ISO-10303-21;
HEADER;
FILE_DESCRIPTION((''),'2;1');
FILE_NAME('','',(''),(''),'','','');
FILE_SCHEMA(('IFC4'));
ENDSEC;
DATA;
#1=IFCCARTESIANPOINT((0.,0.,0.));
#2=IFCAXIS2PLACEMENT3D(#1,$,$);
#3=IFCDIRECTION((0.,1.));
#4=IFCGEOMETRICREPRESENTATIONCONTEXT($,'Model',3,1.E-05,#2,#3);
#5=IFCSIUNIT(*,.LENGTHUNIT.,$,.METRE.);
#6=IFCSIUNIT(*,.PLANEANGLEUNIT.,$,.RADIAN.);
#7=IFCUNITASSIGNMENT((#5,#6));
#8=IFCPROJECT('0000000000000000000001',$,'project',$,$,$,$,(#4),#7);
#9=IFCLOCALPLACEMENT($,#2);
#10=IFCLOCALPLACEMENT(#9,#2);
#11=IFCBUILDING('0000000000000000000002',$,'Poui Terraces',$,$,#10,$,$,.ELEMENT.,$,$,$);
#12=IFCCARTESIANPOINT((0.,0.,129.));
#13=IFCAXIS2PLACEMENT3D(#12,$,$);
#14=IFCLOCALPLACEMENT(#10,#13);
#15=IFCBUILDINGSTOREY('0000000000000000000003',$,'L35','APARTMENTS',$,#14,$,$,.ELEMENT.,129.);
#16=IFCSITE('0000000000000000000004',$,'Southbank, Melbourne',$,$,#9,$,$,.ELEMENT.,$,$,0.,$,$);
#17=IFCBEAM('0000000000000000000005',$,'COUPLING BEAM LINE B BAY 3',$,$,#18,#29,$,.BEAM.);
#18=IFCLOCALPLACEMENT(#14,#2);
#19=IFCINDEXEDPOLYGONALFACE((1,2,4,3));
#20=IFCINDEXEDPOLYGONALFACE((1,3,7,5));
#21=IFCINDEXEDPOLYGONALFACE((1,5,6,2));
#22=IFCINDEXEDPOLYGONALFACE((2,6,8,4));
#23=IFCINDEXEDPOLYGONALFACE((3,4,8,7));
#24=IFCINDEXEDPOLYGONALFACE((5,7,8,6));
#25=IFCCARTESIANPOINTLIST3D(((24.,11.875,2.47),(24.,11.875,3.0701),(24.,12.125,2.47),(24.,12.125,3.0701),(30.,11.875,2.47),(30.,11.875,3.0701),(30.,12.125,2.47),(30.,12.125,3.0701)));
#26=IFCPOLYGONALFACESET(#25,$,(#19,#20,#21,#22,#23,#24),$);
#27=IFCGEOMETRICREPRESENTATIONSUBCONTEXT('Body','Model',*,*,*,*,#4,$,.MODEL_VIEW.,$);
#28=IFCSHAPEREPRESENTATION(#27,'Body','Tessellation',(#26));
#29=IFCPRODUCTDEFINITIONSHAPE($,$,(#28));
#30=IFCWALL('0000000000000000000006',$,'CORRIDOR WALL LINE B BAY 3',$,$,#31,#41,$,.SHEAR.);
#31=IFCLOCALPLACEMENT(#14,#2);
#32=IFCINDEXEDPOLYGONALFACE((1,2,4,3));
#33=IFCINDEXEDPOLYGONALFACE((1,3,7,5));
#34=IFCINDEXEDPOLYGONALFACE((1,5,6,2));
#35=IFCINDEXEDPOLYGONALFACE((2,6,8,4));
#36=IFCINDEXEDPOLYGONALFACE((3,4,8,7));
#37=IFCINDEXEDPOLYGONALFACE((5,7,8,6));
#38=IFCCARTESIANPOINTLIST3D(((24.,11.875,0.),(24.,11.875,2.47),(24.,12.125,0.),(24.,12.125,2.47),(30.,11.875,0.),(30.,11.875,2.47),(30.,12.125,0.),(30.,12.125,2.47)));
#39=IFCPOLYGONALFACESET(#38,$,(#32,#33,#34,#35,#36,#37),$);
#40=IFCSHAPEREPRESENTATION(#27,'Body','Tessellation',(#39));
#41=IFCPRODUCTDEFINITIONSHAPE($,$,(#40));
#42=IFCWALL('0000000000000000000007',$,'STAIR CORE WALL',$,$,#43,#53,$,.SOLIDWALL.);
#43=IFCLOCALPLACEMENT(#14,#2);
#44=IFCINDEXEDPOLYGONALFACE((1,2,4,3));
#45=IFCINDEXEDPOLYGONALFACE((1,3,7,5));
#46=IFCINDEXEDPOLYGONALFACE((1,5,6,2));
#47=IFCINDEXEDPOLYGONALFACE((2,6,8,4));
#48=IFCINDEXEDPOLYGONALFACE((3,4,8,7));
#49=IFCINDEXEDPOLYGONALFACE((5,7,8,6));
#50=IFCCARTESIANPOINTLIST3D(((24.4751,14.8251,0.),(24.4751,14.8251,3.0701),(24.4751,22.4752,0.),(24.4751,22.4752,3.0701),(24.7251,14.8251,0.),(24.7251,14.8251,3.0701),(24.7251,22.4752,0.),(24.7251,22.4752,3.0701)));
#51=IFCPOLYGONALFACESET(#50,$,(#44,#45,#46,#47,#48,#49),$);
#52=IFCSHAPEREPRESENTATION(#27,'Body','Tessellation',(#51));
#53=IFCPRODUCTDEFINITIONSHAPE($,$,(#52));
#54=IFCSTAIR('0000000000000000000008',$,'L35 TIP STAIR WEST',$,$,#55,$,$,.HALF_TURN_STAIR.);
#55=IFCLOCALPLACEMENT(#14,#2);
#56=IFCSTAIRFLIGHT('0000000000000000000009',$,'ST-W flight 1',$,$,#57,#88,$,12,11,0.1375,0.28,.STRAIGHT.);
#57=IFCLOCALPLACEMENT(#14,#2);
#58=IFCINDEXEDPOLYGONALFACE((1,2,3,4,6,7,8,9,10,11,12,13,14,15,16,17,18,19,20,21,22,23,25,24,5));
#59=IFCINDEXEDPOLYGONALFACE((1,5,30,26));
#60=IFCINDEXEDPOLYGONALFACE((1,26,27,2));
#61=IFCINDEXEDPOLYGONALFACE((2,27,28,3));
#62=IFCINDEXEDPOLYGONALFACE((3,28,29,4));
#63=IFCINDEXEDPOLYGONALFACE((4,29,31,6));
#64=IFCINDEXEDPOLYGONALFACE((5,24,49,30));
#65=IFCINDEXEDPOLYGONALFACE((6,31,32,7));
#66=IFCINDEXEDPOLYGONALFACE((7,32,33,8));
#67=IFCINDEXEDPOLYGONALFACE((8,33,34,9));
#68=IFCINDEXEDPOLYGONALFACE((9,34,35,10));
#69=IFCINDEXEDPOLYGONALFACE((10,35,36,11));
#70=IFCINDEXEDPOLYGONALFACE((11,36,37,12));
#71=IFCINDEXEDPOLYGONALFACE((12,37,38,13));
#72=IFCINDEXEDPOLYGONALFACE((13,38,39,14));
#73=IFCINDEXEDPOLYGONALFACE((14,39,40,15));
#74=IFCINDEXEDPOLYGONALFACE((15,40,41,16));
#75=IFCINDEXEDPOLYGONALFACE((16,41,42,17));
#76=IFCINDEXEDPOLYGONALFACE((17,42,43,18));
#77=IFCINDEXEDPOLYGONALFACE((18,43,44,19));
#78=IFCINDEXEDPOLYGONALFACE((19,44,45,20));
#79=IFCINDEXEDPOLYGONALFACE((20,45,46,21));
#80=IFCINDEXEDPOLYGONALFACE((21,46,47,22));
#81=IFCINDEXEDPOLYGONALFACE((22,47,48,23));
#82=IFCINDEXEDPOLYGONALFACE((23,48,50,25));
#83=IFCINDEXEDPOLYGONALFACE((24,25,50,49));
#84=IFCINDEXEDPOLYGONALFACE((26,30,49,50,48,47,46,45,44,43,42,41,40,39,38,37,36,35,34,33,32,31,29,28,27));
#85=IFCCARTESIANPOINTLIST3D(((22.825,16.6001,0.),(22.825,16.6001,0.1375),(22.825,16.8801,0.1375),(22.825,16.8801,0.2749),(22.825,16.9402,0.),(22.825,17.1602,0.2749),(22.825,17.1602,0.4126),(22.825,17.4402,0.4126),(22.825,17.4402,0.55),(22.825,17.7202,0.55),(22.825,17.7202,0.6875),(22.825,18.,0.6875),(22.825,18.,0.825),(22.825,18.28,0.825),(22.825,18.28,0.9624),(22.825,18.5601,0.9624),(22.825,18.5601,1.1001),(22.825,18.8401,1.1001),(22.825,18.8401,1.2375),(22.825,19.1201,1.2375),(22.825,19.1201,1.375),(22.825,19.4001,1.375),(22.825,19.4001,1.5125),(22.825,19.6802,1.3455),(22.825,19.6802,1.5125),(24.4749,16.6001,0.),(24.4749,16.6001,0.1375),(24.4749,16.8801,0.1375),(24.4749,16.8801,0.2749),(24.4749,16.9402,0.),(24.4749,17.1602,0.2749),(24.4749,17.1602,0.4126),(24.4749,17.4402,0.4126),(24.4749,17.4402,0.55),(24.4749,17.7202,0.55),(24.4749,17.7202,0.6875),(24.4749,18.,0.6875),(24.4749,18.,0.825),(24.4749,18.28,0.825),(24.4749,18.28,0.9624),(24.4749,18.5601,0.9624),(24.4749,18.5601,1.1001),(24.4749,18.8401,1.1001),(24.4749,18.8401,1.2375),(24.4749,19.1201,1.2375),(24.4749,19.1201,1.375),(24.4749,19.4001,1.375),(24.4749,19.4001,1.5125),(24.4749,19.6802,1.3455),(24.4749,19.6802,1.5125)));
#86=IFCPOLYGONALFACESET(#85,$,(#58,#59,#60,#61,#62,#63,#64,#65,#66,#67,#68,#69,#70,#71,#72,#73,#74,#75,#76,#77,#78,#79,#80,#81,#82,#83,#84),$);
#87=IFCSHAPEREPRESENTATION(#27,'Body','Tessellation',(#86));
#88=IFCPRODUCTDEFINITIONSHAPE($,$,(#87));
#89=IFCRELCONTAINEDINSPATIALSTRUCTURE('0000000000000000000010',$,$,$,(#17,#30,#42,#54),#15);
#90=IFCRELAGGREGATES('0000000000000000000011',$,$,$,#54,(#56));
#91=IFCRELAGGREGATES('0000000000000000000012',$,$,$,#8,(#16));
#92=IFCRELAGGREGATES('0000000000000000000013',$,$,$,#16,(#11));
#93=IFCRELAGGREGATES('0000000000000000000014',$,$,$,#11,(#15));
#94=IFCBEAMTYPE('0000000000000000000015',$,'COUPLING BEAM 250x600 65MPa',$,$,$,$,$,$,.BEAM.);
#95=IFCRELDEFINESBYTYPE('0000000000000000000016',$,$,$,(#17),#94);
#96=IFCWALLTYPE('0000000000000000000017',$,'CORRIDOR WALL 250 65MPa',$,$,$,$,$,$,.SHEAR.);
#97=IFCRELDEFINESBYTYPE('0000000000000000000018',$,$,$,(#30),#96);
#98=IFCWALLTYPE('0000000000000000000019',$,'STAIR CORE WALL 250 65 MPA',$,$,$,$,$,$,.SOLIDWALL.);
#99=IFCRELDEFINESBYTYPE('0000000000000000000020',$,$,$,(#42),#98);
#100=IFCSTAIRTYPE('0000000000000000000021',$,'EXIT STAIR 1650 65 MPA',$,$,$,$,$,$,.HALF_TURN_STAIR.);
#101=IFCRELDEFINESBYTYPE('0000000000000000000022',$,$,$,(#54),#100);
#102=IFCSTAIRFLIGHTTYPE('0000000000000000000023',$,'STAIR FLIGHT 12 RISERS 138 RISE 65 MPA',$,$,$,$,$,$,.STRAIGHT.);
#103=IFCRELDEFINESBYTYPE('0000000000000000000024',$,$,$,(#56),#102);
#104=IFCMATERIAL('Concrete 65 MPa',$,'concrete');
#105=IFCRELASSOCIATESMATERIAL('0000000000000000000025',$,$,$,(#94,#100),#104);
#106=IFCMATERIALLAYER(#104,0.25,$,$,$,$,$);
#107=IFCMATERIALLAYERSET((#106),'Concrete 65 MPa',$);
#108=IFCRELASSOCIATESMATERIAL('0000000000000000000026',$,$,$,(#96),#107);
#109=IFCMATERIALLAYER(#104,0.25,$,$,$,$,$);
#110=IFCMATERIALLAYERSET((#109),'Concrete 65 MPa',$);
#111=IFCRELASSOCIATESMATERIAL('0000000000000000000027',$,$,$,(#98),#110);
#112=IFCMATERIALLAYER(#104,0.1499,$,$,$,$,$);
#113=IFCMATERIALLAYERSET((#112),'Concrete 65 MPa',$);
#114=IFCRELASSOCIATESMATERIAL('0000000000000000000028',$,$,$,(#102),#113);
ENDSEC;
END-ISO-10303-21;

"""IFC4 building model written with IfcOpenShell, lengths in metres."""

from ifc_helpers import new_model, si_unit, direction, frame, frame_2d, origin, origin_2d, place, context, subcontext, project, spatial, polyline, rectangle, outline, extrude, source, transform, mapped, material, layer, layer_set, material_profile, profile_set, type_object, element, aggregate, save


model = new_model("IFC4")

# Units and contexts
model_context = context("Model", 3, precision=1e-05, world=origin(), true_north=direction((0.0, 1.0)))
body_context = subcontext(model_context, "Body", "Model", "MODEL_VIEW")
ifc_project = project(units=[si_unit("LENGTHUNIT", "METRE"), si_unit("PLANEANGLEUNIT", "RADIAN")], contexts=[model_context])

# Site, building, storey
site_placement = place(None, origin())
site = spatial("IfcSite", under=ifc_project, at=site_placement, Name="Southbank, Melbourne", CompositionType="ELEMENT", RefElevation=0.0)
building_placement = place(site_placement, origin())
building = spatial("IfcBuilding", under=site, at=building_placement, Name="Poui Terraces", CompositionType="ELEMENT")
storey_placement = place(building_placement, frame((0.0, 0.0, 129.0)))
storey = spatial("IfcBuildingStorey", under=building, at=storey_placement, Name="L35", Description="APARTMENTS", CompositionType="ELEMENT", Elevation=129.0)

# Beam
ifc_material_1 = material(Name="Concrete 65 MPa", Category="concrete")
ifc_material_profile = material_profile(ifc_material_1, rectangle(XDim=0.25, YDim=0.6001, at=origin_2d()), Name="RC 250x600")
ifc_profile_set = profile_set([ifc_material_profile], Name="Concrete 65 MPa")
beam_type = type_object("IfcBeamType", Name="COUPLING BEAM 250x600 65MPa", PredefinedType="BEAM", material=ifc_profile_set)
shared_shape = source(origin(), body_context, "Body", "SweptSolid", [
    extrude(rectangle(XDim=0.25, YDim=0.6001, at=origin_2d()), origin(), (0.0, 0.0, 1.0), 6.0),
])
beam_placement = place(storey_placement, frame((24.0, 12.0, 2.77), z_axis=(1.0, 0.0, 0.0), x_axis=(0.0, 1.0, 0.0)))
element("IfcBeam", 1, at=beam_placement, inside=storey, type_object=beam_type, Name="COUPLING BEAM LINE B BAY 3", PredefinedType="BEAM", context=body_context, shape_type="MappedRepresentation", body=[
    mapped(shared_shape, transform((0.0, 0.0, 0.0))),
])

# Walls
ifc_layer_1 = layer(ifc_material_1, 0.25)
ifc_layer_set_1 = layer_set([ifc_layer_1], Name="Concrete 65 MPa")
wall_type_1 = type_object("IfcWallType", Name="CORRIDOR WALL 250 65MPa", PredefinedType="SHEAR", material=ifc_layer_set_1)
wall_1_placement = place(storey_placement, frame((24.0, 12.0, 0.0), z_axis=(0.0, 0.0, 1.0), x_axis=(1.0, 0.0, 0.0)))
element("IfcWall", 2, at=wall_1_placement, inside=storey, type_object=wall_type_1, Name="CORRIDOR WALL LINE B BAY 3", PredefinedType="SHEAR", context=body_context, shape_type="SweptSolid", body=[
    extrude(rectangle(XDim=6.0, YDim=0.25, at=frame_2d((3.0, 0.0))), origin(), (0.0, 0.0, 1.0), 2.47),
])
ifc_layer_2 = layer(ifc_material_1, 0.25)
ifc_layer_set_2 = layer_set([ifc_layer_2], Name="Concrete 65 MPa")
wall_type_2 = type_object("IfcWallType", Name="STAIR CORE WALL 250 65 MPA", PredefinedType="SOLIDWALL", material=ifc_layer_set_2)
wall_2_placement = place(storey_placement, frame((24.6001, 14.825, 0.0), z_axis=(0.0, 0.0, 1.0), x_axis=(0.0, 1.0, 0.0)))
element("IfcWall", 3, at=wall_2_placement, inside=storey, type_object=wall_type_2, Name="STAIR CORE WALL", PredefinedType="SOLIDWALL", context=body_context, shape_type="SweptSolid", body=[
    extrude(rectangle(XDim=7.6501, YDim=0.25, at=frame_2d((3.8252, 0.0))), origin(), (0.0, 0.0, 1.0), 3.0701),
])

# Stair, stair flight
stair_type = type_object("IfcStairType", Name="EXIT STAIR 1650 65 MPA", PredefinedType="HALF_TURN_STAIR", material=ifc_material_1)
stair_placement = place(storey_placement, origin())
stair = element("IfcStair", 4, at=stair_placement, inside=storey, type_object=stair_type, Name="L35 TIP STAIR WEST", PredefinedType="HALF_TURN_STAIR")
ifc_layer_3 = layer(ifc_material_1, 0.1499)
ifc_layer_set_3 = layer_set([ifc_layer_3], Name="Concrete 65 MPa")
stair_flight_type = type_object("IfcStairFlightType", Name="STAIR FLIGHT 12 RISERS 138 RISE 65 MPA", PredefinedType="STRAIGHT", material=ifc_layer_set_3)
stair_flight_placement = place(storey_placement, frame((23.6499, 16.6001, 0.0), z_axis=(0.0, 0.0, 1.0), x_axis=(0.0, 1.0, 0.0)))
stair_flight = element("IfcStairFlight", 5, at=stair_flight_placement, type_object=stair_flight_type, Name="ST-W flight 1", NumberOfRisers=12, NumberOfTreads=11, PredefinedType="STRAIGHT", RiserHeight=0.1375, TreadLength=0.28, context=body_context, shape_type="SweptSolid", body=[
    extrude(outline(polyline([(0.0, 0.0), (0.0, 0.1375), (0.28, 0.1375), (0.28, 0.2749), (0.5601, 0.2749), (0.5601, 0.4126), (0.8401, 0.4126), (0.8401, 0.55), (1.1201, 0.55), (1.1201, 0.6875), (1.3999, 0.6875), (1.3999, 0.825), (1.6799, 0.825), (1.6799, 0.9624), (1.96, 0.9624), (1.96, 1.1001), (2.24, 1.1001), (2.24, 1.2375), (2.52, 1.2375), (2.52, 1.375), (2.8, 1.375), (2.8, 1.5125), (3.0801, 1.5125), (3.0801, 1.6499), (3.0801, 1.3455), (0.3401, 0.0), (0.0, 0.0)])), frame((0.0, 0.825, 0.0), z_axis=(0.0, -1.0, 0.0), x_axis=(1.0, 0.0, 0.0)), (0.0, 0.0, 1.0), 1.6499),
])
aggregate(stair, [stair_flight])

save(model, "model.ifc")
